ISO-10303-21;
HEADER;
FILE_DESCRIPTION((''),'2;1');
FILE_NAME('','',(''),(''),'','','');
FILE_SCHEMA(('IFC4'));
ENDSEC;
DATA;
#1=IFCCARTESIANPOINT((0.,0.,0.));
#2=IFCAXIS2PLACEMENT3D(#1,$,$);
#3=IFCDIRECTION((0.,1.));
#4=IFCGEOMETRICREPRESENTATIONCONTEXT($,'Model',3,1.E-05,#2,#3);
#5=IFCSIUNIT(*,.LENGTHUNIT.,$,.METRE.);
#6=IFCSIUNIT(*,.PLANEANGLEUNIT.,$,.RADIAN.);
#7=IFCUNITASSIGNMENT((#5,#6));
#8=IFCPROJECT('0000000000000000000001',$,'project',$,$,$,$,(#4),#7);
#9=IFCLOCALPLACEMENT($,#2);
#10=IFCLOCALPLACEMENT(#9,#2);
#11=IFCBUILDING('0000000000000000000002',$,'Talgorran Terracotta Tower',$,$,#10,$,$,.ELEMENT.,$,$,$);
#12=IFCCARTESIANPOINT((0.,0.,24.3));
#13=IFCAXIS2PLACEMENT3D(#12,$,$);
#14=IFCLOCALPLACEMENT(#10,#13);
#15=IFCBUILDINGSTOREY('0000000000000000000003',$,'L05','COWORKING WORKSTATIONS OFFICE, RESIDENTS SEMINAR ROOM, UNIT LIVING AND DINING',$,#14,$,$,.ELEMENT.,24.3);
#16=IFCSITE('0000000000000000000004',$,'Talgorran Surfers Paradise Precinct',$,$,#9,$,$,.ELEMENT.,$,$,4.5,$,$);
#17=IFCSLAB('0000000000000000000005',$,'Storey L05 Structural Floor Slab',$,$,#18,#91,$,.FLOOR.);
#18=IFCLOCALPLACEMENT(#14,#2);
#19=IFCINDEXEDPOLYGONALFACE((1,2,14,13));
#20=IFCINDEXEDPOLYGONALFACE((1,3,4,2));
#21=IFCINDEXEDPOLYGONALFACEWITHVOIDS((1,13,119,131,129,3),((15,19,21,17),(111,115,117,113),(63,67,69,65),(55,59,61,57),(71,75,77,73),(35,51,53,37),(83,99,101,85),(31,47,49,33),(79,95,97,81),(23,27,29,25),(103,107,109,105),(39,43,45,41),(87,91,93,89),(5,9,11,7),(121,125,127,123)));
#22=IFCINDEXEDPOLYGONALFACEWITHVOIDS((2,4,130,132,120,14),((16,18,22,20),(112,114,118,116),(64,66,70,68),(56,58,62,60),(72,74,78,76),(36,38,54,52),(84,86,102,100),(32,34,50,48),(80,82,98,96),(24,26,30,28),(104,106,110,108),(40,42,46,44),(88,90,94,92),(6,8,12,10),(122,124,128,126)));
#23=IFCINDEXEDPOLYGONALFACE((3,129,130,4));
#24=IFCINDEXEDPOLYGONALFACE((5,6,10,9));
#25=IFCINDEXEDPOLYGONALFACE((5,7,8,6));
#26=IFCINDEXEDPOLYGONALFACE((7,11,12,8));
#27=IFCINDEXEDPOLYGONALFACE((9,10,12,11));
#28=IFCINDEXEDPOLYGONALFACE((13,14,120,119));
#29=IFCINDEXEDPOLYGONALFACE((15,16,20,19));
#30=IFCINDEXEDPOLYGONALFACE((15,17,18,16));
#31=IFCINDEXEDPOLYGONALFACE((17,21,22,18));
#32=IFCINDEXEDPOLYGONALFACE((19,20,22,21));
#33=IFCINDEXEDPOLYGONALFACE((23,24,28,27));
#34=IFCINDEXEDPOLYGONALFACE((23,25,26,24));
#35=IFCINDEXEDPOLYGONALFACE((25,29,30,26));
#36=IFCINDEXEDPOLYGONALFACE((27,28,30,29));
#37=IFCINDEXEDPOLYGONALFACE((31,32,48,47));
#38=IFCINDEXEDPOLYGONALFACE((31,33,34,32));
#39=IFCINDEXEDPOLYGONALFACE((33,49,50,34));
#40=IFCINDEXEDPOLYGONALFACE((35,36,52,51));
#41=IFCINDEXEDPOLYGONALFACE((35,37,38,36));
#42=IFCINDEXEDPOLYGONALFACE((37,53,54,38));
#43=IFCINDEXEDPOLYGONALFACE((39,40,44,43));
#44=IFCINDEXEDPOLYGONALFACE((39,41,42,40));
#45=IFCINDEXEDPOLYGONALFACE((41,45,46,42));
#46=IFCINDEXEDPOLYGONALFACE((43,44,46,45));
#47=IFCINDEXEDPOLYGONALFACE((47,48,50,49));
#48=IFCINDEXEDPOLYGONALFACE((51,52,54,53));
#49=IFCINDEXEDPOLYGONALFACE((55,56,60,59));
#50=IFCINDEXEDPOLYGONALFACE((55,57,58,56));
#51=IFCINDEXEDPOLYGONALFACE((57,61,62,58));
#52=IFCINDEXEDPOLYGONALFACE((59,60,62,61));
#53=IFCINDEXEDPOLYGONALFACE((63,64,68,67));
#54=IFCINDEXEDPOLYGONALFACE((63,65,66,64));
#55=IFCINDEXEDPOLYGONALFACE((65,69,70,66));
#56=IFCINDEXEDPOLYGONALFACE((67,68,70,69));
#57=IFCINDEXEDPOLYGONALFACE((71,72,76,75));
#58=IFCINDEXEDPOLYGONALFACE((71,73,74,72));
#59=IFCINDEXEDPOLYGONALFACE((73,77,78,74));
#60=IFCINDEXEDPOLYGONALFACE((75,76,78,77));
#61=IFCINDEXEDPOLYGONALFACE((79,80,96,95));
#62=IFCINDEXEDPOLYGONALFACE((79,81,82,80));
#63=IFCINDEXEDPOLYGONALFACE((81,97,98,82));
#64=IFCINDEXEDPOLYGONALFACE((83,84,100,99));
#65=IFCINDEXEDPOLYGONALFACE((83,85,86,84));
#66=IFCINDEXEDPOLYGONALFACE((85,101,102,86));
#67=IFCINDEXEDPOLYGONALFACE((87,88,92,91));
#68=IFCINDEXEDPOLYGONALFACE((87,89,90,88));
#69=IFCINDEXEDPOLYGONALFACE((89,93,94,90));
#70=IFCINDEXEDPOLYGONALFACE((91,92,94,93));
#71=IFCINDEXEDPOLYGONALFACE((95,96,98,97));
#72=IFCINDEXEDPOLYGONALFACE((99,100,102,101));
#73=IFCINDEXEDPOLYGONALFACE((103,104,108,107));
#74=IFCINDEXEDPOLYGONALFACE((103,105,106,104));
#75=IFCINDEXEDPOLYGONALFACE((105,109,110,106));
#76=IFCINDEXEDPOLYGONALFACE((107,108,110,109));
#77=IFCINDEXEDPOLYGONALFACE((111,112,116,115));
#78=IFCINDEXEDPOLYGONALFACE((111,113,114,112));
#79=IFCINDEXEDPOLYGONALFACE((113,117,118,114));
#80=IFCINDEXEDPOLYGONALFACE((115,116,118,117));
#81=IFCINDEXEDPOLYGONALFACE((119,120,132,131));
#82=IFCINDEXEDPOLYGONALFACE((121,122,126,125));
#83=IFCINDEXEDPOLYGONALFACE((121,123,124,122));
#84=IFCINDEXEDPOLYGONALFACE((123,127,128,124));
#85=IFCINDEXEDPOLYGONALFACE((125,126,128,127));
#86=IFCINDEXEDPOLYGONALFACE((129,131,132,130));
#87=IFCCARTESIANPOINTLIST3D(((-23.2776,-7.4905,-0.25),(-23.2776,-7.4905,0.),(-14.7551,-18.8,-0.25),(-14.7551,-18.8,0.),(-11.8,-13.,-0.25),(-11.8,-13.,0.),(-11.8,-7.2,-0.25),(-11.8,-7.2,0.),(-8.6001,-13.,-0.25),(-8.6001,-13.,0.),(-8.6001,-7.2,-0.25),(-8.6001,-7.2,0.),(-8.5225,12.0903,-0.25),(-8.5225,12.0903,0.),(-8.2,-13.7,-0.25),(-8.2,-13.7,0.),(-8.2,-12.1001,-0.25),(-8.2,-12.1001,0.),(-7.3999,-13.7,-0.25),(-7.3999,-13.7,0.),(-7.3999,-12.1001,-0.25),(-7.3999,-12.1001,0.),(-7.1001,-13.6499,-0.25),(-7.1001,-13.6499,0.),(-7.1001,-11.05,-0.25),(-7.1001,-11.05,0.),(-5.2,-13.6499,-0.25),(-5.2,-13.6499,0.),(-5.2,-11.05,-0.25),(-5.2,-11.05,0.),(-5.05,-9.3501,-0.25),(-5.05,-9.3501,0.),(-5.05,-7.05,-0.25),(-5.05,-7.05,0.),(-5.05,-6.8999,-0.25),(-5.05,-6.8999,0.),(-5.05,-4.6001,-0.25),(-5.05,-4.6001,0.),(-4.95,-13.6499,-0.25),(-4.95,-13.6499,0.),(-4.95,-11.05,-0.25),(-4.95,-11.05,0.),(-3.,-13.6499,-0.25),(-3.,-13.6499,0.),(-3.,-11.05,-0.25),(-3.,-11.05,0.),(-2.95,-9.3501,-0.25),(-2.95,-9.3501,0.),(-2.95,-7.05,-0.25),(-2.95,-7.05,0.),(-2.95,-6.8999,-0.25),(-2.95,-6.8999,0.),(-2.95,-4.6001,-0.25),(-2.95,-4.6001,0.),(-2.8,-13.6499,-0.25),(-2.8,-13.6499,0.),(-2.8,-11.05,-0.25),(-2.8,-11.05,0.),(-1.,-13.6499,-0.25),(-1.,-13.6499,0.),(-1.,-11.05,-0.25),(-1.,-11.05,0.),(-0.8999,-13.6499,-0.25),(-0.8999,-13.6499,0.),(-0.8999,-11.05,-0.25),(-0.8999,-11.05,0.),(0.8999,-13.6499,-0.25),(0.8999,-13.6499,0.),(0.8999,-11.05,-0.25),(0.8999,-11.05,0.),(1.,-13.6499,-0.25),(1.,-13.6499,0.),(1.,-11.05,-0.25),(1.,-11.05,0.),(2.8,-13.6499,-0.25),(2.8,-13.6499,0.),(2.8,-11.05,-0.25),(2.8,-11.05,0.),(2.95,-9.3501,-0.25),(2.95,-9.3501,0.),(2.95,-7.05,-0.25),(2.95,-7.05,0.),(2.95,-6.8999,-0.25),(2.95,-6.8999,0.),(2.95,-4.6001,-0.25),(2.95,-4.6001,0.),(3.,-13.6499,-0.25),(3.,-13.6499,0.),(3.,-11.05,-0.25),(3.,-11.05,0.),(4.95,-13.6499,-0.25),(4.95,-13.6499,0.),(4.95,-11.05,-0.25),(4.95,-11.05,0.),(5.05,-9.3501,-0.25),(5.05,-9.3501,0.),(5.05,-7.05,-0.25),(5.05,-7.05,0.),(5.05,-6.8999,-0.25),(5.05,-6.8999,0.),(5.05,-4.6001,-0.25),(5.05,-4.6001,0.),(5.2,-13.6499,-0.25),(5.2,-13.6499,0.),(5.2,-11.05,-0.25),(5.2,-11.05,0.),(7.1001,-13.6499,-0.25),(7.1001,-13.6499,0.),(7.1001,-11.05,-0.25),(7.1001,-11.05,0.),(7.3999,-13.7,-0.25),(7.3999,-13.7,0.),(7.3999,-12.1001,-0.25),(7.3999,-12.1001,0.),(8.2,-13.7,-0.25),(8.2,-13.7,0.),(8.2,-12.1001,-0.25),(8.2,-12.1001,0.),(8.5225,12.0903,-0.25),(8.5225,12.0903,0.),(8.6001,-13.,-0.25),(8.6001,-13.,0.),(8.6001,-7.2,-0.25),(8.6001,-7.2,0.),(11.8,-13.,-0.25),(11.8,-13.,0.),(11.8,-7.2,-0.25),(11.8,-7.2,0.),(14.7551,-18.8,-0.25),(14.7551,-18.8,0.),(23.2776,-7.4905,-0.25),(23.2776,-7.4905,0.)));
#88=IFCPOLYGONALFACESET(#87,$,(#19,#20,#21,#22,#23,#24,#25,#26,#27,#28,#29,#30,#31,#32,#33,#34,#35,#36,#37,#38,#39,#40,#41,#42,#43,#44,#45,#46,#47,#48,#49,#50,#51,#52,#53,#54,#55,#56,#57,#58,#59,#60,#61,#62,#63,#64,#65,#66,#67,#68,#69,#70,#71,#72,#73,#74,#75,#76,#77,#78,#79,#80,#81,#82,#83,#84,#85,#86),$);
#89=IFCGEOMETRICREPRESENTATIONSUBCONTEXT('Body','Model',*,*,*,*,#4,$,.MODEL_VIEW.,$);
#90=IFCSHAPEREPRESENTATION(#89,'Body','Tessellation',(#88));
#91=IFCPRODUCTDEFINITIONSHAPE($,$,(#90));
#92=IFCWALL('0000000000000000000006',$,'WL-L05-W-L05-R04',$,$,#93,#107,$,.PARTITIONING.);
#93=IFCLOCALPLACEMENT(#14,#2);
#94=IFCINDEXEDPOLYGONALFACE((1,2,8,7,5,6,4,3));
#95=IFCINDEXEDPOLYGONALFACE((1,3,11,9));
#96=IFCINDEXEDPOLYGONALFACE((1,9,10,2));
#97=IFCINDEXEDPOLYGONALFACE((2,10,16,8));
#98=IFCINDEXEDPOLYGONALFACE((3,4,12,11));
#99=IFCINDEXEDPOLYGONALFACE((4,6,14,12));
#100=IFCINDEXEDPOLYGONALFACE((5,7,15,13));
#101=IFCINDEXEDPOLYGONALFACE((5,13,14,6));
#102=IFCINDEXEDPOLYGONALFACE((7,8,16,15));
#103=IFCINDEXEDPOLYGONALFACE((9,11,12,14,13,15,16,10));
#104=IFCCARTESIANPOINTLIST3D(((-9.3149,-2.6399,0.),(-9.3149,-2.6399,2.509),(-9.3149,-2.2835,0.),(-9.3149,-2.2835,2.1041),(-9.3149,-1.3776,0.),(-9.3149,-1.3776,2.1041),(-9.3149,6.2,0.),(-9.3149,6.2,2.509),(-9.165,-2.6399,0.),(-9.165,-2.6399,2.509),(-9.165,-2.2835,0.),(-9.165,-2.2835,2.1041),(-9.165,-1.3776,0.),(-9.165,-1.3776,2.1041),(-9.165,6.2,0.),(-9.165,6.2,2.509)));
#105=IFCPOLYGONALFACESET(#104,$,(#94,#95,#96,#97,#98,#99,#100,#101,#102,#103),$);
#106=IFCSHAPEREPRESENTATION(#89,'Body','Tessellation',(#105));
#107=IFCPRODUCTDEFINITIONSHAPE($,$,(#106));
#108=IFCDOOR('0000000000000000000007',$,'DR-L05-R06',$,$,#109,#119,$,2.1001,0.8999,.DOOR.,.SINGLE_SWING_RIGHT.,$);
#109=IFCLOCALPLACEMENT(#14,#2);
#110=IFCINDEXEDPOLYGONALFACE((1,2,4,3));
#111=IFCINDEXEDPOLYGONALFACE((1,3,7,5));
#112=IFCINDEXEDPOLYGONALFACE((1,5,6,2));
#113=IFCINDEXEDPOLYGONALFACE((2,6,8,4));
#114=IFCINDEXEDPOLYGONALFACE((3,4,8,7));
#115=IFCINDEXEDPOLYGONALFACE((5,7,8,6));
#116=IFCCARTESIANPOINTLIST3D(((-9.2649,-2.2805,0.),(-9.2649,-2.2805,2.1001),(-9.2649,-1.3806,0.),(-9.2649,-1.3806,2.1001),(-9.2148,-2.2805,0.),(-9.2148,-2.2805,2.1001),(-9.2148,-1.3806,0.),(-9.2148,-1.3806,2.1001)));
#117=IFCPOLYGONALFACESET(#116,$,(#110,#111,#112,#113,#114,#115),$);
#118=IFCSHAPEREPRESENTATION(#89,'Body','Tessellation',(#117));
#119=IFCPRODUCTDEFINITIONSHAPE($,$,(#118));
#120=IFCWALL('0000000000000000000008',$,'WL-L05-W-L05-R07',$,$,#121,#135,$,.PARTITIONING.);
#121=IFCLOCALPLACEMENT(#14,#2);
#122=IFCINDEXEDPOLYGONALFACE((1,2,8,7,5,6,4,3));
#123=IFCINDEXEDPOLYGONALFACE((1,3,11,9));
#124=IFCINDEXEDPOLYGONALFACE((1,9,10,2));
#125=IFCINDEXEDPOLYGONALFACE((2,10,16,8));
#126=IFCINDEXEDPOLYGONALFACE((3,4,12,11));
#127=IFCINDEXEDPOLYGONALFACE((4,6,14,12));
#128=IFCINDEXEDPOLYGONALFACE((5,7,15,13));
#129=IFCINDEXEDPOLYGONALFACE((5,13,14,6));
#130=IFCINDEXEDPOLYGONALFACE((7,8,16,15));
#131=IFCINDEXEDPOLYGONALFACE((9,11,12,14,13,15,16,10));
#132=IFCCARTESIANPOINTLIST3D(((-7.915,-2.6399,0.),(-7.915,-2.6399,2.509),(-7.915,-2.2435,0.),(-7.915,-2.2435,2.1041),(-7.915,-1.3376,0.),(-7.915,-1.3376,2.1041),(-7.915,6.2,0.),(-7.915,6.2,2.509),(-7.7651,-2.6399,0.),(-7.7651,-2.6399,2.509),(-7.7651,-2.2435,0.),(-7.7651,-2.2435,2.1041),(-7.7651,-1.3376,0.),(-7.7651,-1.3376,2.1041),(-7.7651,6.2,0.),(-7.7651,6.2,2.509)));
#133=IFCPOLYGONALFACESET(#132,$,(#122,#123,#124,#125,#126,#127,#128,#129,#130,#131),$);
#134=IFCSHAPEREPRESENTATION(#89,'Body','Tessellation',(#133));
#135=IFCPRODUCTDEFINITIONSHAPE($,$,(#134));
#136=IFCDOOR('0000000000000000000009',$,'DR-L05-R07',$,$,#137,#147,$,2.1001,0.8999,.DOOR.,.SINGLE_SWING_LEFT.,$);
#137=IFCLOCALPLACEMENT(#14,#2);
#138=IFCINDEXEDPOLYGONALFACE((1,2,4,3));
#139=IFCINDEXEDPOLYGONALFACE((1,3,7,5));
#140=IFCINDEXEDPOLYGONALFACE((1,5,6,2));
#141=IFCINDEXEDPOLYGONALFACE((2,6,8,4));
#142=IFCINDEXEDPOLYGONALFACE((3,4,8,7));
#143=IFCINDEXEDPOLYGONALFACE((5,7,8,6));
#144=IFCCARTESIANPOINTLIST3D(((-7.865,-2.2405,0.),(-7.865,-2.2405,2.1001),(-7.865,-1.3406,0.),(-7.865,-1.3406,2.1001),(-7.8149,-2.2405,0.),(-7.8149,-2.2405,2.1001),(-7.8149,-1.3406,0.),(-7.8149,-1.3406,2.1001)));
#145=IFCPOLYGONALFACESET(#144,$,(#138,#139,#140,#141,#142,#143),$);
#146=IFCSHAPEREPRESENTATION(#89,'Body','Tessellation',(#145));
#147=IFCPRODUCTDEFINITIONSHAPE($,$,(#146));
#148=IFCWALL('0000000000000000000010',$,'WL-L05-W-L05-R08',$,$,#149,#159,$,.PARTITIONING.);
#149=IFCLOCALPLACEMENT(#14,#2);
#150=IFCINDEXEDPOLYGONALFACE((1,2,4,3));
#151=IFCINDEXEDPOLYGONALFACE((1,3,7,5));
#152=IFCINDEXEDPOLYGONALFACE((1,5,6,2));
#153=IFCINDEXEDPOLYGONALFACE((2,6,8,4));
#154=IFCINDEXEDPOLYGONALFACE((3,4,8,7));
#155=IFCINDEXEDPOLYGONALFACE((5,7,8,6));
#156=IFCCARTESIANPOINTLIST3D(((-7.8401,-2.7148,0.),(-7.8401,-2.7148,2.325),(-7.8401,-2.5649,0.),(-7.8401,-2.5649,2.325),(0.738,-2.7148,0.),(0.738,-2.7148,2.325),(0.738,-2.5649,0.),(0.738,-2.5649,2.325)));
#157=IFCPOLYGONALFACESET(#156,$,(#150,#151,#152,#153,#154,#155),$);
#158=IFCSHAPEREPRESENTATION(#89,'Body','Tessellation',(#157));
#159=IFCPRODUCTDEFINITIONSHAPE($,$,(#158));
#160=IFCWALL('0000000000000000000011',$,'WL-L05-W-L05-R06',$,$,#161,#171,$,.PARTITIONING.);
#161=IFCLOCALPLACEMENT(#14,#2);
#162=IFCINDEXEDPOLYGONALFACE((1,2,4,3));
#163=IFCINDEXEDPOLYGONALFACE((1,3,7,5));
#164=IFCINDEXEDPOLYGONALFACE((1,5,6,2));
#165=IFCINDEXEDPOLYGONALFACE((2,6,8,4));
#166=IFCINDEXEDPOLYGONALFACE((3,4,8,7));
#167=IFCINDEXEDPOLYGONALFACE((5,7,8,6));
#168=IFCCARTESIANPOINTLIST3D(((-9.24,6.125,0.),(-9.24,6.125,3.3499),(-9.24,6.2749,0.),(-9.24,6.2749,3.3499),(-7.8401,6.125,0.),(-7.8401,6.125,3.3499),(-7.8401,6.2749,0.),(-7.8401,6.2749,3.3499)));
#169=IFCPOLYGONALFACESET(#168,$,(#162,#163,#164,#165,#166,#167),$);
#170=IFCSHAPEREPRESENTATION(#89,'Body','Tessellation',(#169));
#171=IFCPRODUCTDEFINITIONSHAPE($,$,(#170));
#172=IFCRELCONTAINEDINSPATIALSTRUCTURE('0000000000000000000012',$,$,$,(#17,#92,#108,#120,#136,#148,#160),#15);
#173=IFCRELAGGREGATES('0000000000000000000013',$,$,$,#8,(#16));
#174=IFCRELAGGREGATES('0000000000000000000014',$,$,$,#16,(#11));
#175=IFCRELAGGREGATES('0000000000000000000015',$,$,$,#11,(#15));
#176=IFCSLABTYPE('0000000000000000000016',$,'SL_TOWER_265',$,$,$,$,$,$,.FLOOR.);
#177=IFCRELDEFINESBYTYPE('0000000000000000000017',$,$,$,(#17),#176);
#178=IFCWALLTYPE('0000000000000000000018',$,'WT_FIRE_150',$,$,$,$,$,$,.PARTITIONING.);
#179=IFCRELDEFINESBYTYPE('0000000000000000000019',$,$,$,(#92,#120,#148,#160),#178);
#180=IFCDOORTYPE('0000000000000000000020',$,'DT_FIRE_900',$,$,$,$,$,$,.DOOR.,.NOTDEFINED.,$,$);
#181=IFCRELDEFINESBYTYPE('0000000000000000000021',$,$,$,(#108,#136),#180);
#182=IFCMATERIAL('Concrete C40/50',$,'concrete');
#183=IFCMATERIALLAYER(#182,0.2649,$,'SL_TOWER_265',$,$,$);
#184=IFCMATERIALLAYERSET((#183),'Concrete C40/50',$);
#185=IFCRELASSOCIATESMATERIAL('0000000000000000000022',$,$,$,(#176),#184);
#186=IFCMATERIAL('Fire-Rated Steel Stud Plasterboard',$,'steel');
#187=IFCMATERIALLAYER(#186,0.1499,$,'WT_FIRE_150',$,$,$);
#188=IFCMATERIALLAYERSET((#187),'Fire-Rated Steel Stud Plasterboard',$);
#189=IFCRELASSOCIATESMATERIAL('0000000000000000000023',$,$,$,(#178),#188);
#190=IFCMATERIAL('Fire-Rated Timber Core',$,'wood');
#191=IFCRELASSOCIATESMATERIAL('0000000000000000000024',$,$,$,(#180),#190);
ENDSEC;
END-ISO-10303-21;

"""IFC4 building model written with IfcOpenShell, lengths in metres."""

from ifc_helpers import new_model, si_unit, direction, frame, frame_2d, origin, place, context, subcontext, project, spatial, polyline, rectangle, outline, extrude, material, layer, layer_set, type_object, element, fill, save


model = new_model("IFC4")

# Units and contexts
model_context = context("Model", 3, precision=1e-05, world=origin(), true_north=direction((0.0, 1.0)))
body_context = subcontext(model_context, "Body", "Model", "MODEL_VIEW")
ifc_project = project(units=[si_unit("LENGTHUNIT", "METRE"), si_unit("PLANEANGLEUNIT", "RADIAN")], contexts=[model_context])

# Site, building, storey
site_placement = place(None, origin())
site = spatial("IfcSite", under=ifc_project, at=site_placement, Name="Talgorran Surfers Paradise Precinct", CompositionType="ELEMENT", RefElevation=4.5)
building_placement = place(site_placement, origin())
building = spatial("IfcBuilding", under=site, at=building_placement, Name="Talgorran Terracotta Tower", CompositionType="ELEMENT")
storey_placement = place(building_placement, frame((0.0, 0.0, 24.3)))
storey = spatial("IfcBuildingStorey", under=building, at=storey_placement, Name="L05", Description="COWORKING WORKSTATIONS OFFICE, RESIDENTS SEMINAR ROOM, UNIT LIVING AND DINING", CompositionType="ELEMENT", Elevation=24.3)

# Slab
ifc_material_1 = material(Name="Concrete C40/50", Category="concrete")
ifc_layer_1 = layer(ifc_material_1, 0.2649, Name="SL_TOWER_265")
ifc_layer_set_1 = layer_set([ifc_layer_1], Name="Concrete C40/50")
slab_type_1 = type_object("IfcSlabType", Name="SL_TOWER_265", PredefinedType="FLOOR", material=ifc_layer_set_1)
slab_1_placement = place(storey_placement, frame((0.0, 0.0, -0.25)))
element("IfcSlab", 1, at=slab_1_placement, inside=storey, type_object=slab_type_1, Name="Storey L05 Structural Floor Slab", PredefinedType="FLOOR", context=body_context, shape_type="SweptSolid", body=[
    extrude(outline(polyline([(-23.2776, -7.4905), (-14.7551, -18.8), (14.7551, -18.8), (23.2776, -7.4905), (8.5225, 12.0903), (-8.5225, 12.0903), (-23.2776, -7.4905)]), holes=[polyline([(-11.8, -7.2), (-11.8, -13.0), (-8.6001, -13.0), (-8.6001, -7.2), (-11.8, -7.2)]), polyline([(8.6001, -7.2), (8.6001, -13.0), (11.8, -13.0), (11.8, -7.2), (8.6001, -7.2)]), polyline([(-7.1001, -13.6499), (-5.2, -13.6499), (-5.2, -11.05), (-7.1001, -11.05), (-7.1001, -13.6499)]), polyline([(5.2, -13.6499), (7.1001, -13.6499), (7.1001, -11.05), (5.2, -11.05), (5.2, -13.6499)]), polyline([(3.0, -13.6499), (4.95, -13.6499), (4.95, -11.05), (3.0, -11.05), (3.0, -13.6499)]), polyline([(-4.95, -13.6499), (-3.0, -13.6499), (-3.0, -11.05), (-4.95, -11.05), (-4.95, -13.6499)]), polyline([(-5.05, -9.3501), (-2.95, -9.3501), (-2.95, -7.05), (-5.05, -7.05), (-5.05, -9.3501)]), polyline([(-5.05, -6.8999), (-2.95, -6.8999), (-2.95, -4.6001), (-5.05, -4.6001), (-5.05, -6.8999)]), polyline([(2.95, -9.3501), (5.05, -9.3501), (5.05, -7.05), (2.95, -7.05), (2.95, -9.3501)]), polyline([(2.95, -6.8999), (5.05, -6.8999), (5.05, -4.6001), (2.95, -4.6001), (2.95, -6.8999)]), polyline([(-2.8, -13.6499), (-1.0, -13.6499), (-1.0, -11.05), (-2.8, -11.05), (-2.8, -13.6499)]), polyline([(-0.8999, -13.6499), (0.8999, -13.6499), (0.8999, -11.05), (-0.8999, -11.05), (-0.8999, -13.6499)]), polyline([(1.0, -13.6499), (2.8, -13.6499), (2.8, -11.05), (1.0, -11.05), (1.0, -13.6499)]), polyline([(-8.2, -13.7), (-7.3999, -13.7), (-7.3999, -12.1001), (-8.2, -12.1001), (-8.2, -13.7)]), polyline([(7.3999, -13.7), (8.2, -13.7), (8.2, -12.1001), (7.3999, -12.1001), (7.3999, -13.7)])]), origin(), (0.0, 0.0, 1.0), 0.25),
])

# Walls, openings, doors
ifc_material_2 = material(Name="Fire-Rated Steel Stud Plasterboard", Category="steel")
ifc_layer_2 = layer(ifc_material_2, 0.1499, Name="WT_FIRE_150")
ifc_layer_set_2 = layer_set([ifc_layer_2], Name="Fire-Rated Steel Stud Plasterboard")
wall_type_1 = type_object("IfcWallType", Name="WT_FIRE_150", PredefinedType="PARTITIONING", material=ifc_layer_set_2)
wall_1_placement = place(storey_placement, frame((-9.24, -2.6399, 0.0), z_axis=(0.0, 0.0, 1.0), x_axis=(0.0, 1.0, 0.0)))
wall_1 = element("IfcWall", 2, at=wall_1_placement, inside=storey, type_object=wall_type_1, Name="WL-L05-W-L05-R04", PredefinedType="PARTITIONING", context=body_context, shape_type="SweptSolid", body=[
    extrude(rectangle(XDim=8.8398, YDim=0.1499, at=frame_2d((4.4199, 0.0))), origin(), (0.0, 0.0, 1.0), 2.509),
])
opening_1_placement = place(wall_1_placement, frame((0.3594, 0.0, 0.0)))
opening_1 = element("IfcOpeningElement", 3, at=opening_1_placement, cuts=wall_1, PredefinedType="OPENING", context=body_context, shape_type="SweptSolid", body=[
    extrude(rectangle(XDim=0.9059, YDim=2.1041, at=frame_2d((0.45, 1.052))), frame((0.0, 0.085, 0.0), z_axis=(0.0, -1.0, 0.0), x_axis=(1.0, 0.0, 0.0)), (0.0, 0.0, 1.0), 0.1699),
])
ifc_material_3 = material(Name="Fire-Rated Timber Core", Category="wood")
door_type_1 = type_object("IfcDoorType", Name="DT_FIRE_900", OperationType="NOTDEFINED", PredefinedType="DOOR", material=ifc_material_3)
door_1_placement = place(opening_1_placement, origin())
door_1 = element("IfcDoor", 4, at=door_1_placement, inside=storey, type_object=door_type_1, Name="DR-L05-R06", OperationType="SINGLE_SWING_RIGHT", OverallHeight=2.1001, OverallWidth=0.8999, PredefinedType="DOOR", context=body_context, shape_type="SweptSolid", body=[
    extrude(rectangle(XDim=0.8999, YDim=2.1001, at=frame_2d((0.45, 1.05))), frame((0.0, 0.0249, 0.0), z_axis=(0.0, -1.0, 0.0), x_axis=(1.0, 0.0, 0.0)), (0.0, 0.0, 1.0), 0.05),
])
fill(opening_1, door_1)
wall_2_placement = place(storey_placement, frame((-7.8401, -2.6399, 0.0), z_axis=(0.0, 0.0, 1.0), x_axis=(0.0, 1.0, 0.0)))
wall_2 = element("IfcWall", 5, at=wall_2_placement, inside=storey, type_object=wall_type_1, Name="WL-L05-W-L05-R07", PredefinedType="PARTITIONING", context=body_context, shape_type="SweptSolid", body=[
    extrude(rectangle(XDim=8.8398, YDim=0.1499, at=frame_2d((4.4199, 0.0))), origin(), (0.0, 0.0, 1.0), 2.509),
])
opening_2_placement = place(wall_2_placement, frame((0.3994, 0.0, 0.0)))
opening_2 = element("IfcOpeningElement", 6, at=opening_2_placement, cuts=wall_2, PredefinedType="OPENING", context=body_context, shape_type="SweptSolid", body=[
    extrude(rectangle(XDim=0.9059, YDim=2.1041, at=frame_2d((0.45, 1.052))), frame((0.0, 0.085, 0.0), z_axis=(0.0, -1.0, 0.0), x_axis=(1.0, 0.0, 0.0)), (0.0, 0.0, 1.0), 0.1699),
])
door_2_placement = place(opening_2_placement, origin())
door_2 = element("IfcDoor", 7, at=door_2_placement, inside=storey, type_object=door_type_1, Name="DR-L05-R07", OperationType="SINGLE_SWING_LEFT", OverallHeight=2.1001, OverallWidth=0.8999, PredefinedType="DOOR", context=body_context, shape_type="SweptSolid", body=[
    extrude(rectangle(XDim=0.8999, YDim=2.1001, at=frame_2d((0.45, 1.05))), frame((0.0, 0.0249, 0.0), z_axis=(0.0, -1.0, 0.0), x_axis=(1.0, 0.0, 0.0)), (0.0, 0.0, 1.0), 0.05),
])
fill(opening_2, door_2)

# Walls
wall_3_placement = place(storey_placement, frame((-7.8401, -2.6399, 0.0), z_axis=(0.0, 0.0, 1.0), x_axis=(1.0, 0.0, 0.0)))
element("IfcWall", 8, at=wall_3_placement, inside=storey, type_object=wall_type_1, Name="WL-L05-W-L05-R08", PredefinedType="PARTITIONING", context=body_context, shape_type="SweptSolid", body=[
    extrude(rectangle(XDim=8.5781, YDim=0.1499, at=frame_2d((4.2891, 0.0))), origin(), (0.0, 0.0, 1.0), 2.325),
])
wall_4_placement = place(storey_placement, frame((-9.24, 6.2, 0.0), z_axis=(0.0, 0.0, 1.0), x_axis=(1.0, 0.0, 0.0)))
element("IfcWall", 9, at=wall_4_placement, inside=storey, type_object=wall_type_1, Name="WL-L05-W-L05-R06", PredefinedType="PARTITIONING", context=body_context, shape_type="SweptSolid", body=[
    extrude(rectangle(XDim=1.3999, YDim=0.1499, at=frame_2d((0.7, 0.0))), origin(), (0.0, 0.0, 1.0), 3.3499),
])

save(model, "model.ifc")
